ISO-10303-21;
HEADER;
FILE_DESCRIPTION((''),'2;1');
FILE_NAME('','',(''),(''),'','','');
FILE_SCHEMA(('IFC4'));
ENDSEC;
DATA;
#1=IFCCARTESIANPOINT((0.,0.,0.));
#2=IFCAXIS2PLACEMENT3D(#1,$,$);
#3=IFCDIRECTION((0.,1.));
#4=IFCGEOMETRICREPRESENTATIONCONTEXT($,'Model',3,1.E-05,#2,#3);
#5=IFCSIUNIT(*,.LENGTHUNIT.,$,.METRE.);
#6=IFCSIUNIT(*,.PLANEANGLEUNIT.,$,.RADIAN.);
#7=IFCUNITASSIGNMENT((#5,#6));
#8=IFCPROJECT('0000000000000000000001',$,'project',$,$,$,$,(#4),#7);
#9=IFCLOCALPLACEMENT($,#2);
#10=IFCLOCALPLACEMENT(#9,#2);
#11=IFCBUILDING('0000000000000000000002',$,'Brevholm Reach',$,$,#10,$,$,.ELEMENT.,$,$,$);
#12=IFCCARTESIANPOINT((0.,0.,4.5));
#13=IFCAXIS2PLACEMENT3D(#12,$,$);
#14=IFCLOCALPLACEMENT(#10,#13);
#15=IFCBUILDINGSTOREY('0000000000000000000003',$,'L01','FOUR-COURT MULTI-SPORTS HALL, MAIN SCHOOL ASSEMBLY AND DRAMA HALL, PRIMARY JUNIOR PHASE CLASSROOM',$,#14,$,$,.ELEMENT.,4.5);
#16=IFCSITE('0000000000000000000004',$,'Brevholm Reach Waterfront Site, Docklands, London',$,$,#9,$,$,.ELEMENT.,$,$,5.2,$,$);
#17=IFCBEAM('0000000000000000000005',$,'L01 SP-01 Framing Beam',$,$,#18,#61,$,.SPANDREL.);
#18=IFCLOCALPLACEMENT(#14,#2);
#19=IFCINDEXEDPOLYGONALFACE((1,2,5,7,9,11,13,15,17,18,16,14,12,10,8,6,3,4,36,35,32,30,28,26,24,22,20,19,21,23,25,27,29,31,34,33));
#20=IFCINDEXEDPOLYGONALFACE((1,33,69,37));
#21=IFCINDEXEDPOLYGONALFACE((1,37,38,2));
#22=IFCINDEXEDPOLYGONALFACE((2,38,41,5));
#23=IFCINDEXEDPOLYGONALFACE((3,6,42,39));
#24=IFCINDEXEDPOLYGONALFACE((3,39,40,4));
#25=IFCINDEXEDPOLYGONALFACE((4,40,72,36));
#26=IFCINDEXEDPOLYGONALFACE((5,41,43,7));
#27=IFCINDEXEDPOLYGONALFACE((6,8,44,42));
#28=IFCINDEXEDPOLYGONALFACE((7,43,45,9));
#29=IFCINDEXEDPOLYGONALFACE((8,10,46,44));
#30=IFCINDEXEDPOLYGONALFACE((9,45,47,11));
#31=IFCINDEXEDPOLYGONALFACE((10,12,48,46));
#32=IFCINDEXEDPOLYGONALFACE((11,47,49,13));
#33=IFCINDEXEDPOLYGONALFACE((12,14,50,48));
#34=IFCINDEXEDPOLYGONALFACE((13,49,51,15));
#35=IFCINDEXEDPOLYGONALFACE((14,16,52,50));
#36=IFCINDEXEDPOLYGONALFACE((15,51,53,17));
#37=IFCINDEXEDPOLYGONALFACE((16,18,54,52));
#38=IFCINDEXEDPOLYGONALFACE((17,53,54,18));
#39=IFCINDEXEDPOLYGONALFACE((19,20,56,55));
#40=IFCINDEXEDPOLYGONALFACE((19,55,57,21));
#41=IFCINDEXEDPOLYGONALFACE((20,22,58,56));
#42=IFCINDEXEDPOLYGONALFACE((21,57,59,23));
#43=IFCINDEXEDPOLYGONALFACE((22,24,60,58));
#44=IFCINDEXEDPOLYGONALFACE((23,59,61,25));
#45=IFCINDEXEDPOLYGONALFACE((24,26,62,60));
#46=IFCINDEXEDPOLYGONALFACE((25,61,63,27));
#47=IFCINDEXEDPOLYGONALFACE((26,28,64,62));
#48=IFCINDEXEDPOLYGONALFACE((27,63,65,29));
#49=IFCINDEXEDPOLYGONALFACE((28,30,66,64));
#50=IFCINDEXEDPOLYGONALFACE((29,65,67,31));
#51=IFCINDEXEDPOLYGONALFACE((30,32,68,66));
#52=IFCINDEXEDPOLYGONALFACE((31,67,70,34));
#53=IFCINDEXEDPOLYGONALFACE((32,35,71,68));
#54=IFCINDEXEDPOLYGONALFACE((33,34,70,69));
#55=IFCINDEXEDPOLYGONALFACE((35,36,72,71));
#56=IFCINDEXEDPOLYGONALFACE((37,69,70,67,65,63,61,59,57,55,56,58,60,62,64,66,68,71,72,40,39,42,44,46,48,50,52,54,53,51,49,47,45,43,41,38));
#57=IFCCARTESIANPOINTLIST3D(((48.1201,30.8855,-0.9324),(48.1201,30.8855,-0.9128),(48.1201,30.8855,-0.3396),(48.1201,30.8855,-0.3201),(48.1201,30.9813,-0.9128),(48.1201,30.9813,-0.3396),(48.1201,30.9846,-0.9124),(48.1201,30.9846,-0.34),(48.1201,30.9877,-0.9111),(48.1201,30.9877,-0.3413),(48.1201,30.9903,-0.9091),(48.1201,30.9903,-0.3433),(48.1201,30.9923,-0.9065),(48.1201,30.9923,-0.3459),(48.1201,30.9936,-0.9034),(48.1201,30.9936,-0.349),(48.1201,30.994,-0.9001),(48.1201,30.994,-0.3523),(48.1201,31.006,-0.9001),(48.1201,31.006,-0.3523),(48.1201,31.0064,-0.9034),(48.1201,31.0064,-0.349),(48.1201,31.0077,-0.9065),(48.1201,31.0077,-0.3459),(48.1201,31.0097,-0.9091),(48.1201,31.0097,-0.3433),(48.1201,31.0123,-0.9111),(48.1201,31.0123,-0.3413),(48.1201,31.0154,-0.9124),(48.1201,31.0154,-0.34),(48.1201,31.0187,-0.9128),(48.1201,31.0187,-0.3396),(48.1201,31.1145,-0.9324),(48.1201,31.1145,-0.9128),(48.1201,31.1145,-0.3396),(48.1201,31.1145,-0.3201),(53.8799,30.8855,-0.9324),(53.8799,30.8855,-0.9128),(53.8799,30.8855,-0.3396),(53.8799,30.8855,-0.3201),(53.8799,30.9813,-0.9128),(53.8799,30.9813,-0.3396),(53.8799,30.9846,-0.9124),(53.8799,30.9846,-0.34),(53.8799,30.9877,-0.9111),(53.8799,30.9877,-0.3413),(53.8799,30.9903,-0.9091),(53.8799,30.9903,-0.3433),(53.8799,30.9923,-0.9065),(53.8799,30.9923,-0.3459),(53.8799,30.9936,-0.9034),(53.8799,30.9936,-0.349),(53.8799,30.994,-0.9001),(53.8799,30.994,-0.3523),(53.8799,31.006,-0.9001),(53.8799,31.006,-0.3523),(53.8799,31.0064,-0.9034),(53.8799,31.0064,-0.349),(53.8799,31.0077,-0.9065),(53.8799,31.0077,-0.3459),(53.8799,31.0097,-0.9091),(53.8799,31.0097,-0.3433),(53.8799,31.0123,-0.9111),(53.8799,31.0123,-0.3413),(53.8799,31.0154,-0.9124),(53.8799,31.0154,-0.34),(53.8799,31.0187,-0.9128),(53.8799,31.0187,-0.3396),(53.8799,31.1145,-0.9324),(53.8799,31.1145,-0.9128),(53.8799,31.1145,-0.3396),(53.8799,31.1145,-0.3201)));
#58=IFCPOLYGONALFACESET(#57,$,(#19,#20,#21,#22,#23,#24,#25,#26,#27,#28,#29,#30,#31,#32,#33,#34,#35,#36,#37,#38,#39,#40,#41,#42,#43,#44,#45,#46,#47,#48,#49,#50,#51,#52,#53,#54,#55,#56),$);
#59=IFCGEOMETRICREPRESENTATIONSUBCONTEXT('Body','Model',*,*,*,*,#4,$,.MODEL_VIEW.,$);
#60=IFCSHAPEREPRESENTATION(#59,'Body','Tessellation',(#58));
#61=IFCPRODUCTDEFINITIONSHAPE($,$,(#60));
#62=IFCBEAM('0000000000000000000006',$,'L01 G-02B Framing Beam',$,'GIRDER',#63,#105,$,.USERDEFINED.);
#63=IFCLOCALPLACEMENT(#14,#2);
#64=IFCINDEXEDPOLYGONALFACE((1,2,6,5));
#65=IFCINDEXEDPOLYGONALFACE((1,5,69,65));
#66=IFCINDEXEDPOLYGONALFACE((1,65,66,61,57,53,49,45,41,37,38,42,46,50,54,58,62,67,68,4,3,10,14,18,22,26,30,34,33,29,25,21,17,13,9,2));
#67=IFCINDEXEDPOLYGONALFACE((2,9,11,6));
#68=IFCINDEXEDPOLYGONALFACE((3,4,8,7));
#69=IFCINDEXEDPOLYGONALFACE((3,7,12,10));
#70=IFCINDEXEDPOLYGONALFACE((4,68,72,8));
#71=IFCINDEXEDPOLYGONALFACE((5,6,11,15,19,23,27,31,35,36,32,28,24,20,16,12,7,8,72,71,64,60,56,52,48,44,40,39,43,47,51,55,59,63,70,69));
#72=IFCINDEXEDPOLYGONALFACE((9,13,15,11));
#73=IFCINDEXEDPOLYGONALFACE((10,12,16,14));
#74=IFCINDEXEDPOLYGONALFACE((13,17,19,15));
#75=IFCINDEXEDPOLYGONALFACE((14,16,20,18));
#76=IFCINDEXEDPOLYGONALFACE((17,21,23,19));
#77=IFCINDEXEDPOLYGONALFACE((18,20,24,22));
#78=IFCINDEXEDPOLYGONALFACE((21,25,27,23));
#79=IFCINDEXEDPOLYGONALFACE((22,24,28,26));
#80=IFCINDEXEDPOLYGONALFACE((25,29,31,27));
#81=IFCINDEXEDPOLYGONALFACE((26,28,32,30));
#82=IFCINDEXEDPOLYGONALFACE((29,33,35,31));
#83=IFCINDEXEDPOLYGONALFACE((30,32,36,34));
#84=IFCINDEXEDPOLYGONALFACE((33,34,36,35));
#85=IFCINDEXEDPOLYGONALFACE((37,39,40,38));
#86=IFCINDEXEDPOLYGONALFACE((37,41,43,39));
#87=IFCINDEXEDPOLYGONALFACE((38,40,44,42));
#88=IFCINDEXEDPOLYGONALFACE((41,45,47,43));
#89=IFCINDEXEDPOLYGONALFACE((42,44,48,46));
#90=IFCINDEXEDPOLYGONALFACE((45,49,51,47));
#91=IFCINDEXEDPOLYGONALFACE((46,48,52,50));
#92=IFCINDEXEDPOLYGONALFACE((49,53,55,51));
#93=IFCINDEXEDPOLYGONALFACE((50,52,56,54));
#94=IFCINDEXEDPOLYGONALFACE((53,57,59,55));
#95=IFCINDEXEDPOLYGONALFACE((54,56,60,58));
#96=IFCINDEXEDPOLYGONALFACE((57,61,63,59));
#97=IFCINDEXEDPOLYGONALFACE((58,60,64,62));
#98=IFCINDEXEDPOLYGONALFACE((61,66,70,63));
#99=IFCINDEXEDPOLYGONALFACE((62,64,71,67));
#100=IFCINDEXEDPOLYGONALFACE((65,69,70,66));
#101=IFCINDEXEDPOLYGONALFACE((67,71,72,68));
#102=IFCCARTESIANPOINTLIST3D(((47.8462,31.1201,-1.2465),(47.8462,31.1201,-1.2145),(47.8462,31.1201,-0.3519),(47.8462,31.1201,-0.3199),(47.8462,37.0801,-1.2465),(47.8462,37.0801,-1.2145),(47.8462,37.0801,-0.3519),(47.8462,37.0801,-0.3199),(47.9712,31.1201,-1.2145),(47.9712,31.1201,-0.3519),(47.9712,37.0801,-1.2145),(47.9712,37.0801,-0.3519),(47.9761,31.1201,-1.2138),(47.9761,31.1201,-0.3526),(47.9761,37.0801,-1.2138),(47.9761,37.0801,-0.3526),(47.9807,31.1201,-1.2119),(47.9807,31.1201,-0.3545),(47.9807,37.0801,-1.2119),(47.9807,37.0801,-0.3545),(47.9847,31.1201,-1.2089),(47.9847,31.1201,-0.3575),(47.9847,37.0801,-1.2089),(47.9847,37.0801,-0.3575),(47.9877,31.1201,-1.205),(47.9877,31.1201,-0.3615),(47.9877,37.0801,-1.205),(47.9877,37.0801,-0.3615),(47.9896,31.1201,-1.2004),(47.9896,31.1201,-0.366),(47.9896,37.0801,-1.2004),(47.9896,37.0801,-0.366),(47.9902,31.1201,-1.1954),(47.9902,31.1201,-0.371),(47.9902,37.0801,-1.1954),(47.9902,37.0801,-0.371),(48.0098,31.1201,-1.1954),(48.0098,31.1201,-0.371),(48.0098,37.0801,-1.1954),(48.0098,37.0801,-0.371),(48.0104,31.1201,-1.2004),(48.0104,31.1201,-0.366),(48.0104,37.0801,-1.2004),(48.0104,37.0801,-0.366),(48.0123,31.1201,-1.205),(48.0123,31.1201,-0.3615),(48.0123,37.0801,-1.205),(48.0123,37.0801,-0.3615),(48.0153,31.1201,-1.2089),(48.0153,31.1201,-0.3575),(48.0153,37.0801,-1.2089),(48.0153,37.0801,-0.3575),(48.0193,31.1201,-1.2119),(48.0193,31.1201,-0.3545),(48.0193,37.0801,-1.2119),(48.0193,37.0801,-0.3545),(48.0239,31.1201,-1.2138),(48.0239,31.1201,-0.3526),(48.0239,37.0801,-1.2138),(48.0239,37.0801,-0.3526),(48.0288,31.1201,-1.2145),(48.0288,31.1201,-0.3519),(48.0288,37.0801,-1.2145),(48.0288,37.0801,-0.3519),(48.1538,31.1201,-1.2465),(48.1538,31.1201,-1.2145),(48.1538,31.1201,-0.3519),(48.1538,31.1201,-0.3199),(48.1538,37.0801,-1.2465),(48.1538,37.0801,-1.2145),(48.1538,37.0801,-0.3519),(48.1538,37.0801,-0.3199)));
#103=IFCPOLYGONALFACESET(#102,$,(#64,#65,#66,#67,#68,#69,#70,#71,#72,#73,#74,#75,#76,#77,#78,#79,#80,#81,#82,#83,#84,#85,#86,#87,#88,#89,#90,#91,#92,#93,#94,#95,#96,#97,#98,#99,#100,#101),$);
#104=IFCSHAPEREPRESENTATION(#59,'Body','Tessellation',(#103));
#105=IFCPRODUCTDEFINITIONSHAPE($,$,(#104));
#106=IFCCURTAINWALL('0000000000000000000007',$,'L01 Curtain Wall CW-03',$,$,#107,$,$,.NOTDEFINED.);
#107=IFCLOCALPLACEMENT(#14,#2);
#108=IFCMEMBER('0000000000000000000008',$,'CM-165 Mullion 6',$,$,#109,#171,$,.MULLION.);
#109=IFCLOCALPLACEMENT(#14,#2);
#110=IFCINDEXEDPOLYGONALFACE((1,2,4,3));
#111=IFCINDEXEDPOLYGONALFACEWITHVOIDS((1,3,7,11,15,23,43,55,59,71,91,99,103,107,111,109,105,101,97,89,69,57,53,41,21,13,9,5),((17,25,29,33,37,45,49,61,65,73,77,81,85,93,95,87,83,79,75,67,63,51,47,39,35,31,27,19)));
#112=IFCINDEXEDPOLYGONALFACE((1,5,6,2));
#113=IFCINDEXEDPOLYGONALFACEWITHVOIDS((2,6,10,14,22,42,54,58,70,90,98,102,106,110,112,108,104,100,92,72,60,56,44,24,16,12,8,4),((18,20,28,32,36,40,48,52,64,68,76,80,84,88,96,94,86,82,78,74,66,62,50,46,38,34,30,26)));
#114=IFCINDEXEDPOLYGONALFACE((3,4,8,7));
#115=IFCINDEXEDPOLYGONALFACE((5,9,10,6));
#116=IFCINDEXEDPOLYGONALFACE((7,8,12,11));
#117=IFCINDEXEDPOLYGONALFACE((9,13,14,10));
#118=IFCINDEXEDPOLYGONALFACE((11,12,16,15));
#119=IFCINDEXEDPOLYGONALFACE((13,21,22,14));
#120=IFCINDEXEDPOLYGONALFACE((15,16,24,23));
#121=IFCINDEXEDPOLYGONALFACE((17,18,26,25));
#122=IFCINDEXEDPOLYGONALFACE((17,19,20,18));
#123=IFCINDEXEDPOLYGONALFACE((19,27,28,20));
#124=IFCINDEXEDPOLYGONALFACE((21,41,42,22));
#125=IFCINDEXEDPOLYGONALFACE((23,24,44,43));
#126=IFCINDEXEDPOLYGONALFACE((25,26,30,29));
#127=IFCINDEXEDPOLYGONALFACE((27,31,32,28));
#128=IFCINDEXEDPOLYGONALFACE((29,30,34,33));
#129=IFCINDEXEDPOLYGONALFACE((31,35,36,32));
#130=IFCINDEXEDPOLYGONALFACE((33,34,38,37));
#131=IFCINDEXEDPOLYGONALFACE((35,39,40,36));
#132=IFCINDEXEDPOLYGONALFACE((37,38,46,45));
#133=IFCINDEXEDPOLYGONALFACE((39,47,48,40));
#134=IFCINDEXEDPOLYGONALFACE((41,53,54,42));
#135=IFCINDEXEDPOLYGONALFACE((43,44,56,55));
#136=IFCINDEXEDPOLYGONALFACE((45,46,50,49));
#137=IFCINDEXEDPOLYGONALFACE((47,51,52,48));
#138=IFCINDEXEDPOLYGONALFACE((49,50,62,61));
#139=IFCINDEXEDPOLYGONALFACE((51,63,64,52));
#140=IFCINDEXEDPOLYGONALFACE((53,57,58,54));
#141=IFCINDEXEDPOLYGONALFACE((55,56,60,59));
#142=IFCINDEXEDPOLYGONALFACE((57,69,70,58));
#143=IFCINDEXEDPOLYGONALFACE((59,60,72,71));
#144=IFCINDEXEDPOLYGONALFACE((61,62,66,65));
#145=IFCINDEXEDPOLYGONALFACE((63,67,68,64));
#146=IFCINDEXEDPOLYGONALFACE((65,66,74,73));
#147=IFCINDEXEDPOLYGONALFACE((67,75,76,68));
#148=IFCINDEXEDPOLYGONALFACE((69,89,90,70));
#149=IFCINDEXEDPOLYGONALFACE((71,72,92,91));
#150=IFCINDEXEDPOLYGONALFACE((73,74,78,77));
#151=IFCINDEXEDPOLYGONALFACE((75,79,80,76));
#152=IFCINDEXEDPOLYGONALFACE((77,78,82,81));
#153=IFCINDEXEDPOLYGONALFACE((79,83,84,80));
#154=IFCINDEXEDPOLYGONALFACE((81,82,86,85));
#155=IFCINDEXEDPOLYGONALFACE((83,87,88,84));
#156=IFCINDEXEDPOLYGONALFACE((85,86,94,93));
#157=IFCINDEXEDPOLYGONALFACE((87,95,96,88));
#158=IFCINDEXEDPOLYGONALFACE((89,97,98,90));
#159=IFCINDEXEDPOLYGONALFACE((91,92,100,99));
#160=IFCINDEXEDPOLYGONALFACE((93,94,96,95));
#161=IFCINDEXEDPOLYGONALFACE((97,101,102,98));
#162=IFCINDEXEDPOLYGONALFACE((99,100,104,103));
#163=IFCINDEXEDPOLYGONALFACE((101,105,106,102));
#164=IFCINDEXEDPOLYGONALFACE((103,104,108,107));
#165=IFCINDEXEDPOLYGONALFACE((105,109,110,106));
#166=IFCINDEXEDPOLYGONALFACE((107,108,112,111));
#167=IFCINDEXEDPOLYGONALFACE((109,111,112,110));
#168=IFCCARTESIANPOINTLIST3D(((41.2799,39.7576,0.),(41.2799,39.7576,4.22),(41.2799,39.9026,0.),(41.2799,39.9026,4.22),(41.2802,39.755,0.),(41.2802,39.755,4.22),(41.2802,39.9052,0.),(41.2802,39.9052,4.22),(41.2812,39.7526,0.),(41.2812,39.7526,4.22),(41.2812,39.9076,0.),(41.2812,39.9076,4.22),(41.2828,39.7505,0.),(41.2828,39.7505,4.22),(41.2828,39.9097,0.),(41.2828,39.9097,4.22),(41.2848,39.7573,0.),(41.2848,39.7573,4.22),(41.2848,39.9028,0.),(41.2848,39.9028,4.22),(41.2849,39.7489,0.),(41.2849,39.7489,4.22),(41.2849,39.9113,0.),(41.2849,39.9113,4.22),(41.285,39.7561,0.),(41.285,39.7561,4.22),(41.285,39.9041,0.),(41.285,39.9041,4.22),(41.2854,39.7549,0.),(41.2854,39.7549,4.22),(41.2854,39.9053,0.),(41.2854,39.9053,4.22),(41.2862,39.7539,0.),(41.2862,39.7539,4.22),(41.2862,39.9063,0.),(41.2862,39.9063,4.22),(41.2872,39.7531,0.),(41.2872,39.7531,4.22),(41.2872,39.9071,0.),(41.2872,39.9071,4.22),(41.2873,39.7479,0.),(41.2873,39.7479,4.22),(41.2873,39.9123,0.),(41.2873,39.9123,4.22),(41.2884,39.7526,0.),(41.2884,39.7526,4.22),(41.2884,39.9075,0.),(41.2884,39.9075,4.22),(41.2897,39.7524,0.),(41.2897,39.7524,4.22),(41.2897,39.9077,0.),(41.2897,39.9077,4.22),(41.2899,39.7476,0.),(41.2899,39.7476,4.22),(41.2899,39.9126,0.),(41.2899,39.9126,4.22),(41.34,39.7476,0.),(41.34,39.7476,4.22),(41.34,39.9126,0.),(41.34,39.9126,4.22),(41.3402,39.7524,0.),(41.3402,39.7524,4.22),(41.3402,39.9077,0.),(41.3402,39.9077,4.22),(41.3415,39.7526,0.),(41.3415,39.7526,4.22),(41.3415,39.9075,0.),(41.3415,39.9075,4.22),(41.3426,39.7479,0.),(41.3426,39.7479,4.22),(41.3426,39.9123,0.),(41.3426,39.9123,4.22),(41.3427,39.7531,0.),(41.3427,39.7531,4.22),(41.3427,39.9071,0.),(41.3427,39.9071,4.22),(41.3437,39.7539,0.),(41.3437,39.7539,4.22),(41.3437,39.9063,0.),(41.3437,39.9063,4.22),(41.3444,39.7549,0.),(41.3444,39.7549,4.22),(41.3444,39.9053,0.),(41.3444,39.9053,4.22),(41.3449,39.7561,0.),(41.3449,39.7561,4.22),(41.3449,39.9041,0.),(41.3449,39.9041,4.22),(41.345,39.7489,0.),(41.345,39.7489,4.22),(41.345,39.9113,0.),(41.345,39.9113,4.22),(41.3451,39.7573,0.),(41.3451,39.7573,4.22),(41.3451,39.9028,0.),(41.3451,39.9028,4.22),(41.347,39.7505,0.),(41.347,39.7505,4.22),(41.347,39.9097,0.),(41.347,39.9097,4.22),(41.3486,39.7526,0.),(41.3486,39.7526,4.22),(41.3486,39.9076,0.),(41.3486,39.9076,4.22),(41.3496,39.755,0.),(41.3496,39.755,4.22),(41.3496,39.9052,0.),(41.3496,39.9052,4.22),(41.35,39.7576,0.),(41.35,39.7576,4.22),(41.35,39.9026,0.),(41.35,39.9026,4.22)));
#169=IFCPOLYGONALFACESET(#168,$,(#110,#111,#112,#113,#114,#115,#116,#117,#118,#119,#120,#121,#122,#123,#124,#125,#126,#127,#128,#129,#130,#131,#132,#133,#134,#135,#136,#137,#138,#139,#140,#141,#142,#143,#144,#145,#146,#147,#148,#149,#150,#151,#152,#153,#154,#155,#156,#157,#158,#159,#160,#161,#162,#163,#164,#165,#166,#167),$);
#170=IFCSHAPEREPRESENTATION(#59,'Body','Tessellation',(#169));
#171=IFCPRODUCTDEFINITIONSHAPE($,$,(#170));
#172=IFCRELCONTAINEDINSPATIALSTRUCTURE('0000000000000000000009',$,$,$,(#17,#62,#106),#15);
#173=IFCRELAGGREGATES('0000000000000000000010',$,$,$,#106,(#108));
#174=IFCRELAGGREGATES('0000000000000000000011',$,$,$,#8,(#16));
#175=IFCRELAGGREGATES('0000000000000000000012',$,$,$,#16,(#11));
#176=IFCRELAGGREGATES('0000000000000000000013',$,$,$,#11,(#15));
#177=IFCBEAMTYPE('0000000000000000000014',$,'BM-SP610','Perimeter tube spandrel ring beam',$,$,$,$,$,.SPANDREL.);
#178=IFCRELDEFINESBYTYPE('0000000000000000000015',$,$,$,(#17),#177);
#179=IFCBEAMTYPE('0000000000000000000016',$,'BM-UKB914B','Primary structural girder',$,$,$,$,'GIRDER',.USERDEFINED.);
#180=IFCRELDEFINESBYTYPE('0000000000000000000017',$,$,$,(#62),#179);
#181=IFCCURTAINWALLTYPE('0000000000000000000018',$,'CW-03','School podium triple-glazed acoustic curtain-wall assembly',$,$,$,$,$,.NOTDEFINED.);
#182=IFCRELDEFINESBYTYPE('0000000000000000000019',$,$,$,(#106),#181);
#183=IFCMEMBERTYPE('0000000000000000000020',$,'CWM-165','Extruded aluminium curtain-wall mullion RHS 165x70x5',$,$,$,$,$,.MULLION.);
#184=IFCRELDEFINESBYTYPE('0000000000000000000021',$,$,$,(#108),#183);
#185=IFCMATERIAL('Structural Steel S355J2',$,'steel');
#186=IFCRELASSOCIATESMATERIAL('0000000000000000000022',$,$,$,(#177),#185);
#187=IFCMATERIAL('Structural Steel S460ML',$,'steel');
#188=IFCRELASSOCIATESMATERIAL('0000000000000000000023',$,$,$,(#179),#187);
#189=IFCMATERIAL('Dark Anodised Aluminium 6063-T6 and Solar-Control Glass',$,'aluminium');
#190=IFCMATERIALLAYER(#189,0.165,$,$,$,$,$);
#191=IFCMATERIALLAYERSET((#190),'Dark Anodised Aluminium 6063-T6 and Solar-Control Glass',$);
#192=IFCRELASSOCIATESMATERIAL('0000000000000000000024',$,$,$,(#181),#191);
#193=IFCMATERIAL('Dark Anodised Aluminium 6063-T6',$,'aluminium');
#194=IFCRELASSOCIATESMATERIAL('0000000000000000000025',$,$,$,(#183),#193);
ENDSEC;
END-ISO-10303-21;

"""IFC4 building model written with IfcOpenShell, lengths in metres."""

from ifc_helpers import new_model, si_unit, direction, frame, origin, origin_2d, place, context, subcontext, project, spatial, hollow_rectangle, i_section, extrude, material, layer, layer_set, material_profile, profile_set, type_object, element, aggregate, save


model = new_model("IFC4")

# Units and contexts
model_context = context("Model", 3, precision=1e-05, world=origin(), true_north=direction((0.0, 1.0)))
body_context = subcontext(model_context, "Body", "Model", "MODEL_VIEW")
ifc_project = project(units=[si_unit("LENGTHUNIT", "METRE"), si_unit("PLANEANGLEUNIT", "RADIAN")], contexts=[model_context])

# Site, building, storey
site_placement = place(None, origin())
site = spatial("IfcSite", under=ifc_project, at=site_placement, Name="Brevholm Reach Waterfront Site, Docklands, London", CompositionType="ELEMENT", RefElevation=5.2)
building_placement = place(site_placement, origin())
building = spatial("IfcBuilding", under=site, at=building_placement, Name="Brevholm Reach", CompositionType="ELEMENT")
storey_placement = place(building_placement, frame((0.0, 0.0, 4.5)))
storey = spatial("IfcBuildingStorey", under=building, at=storey_placement, Name="L01", Description="FOUR-COURT MULTI-SPORTS HALL, MAIN SCHOOL ASSEMBLY AND DRAMA HALL, PRIMARY JUNIOR PHASE CLASSROOM", CompositionType="ELEMENT", Elevation=4.5)

# Beams
ifc_material_1 = material(Name="Structural Steel S355J2", Category="steel")
ifc_material_profile_1 = material_profile(ifc_material_1, i_section(OverallWidth=0.229, OverallDepth=0.6123, WebThickness=0.012, FlangeThickness=0.0195, FilletRadius=0.0127, at=origin_2d()), Name="UKB 610x229x125")
ifc_profile_set_1 = profile_set([ifc_material_profile_1], Name="Structural Steel S355J2")
beam_type_1 = type_object("IfcBeamType", Name="BM-SP610", Description="Perimeter tube spandrel ring beam", PredefinedType="SPANDREL", material=ifc_profile_set_1)
for number, where, z_axis, x_axis, name in (
    (1, (48.1201, 31.0, -0.6262), (1.0, 0.0, 0.0), (0.0, 1.0, 0.0), "L01 SP-01 Framing Beam"),
):
    element("IfcBeam", number, at=place(storey_placement, frame(where, z_axis=z_axis, x_axis=x_axis)), inside=storey, type_object=beam_type_1, Name=name, PredefinedType="SPANDREL", context=body_context, shape_type="SweptSolid", body=[
        extrude(i_section(OverallWidth=0.229, OverallDepth=0.6123, WebThickness=0.012, FlangeThickness=0.0195, FilletRadius=0.0127, at=origin_2d()), origin(), (0.0, 0.0, 1.0), 5.7598),
    ])
ifc_material_2 = material(Name="Structural Steel S460ML", Category="steel")
ifc_material_profile_2 = material_profile(ifc_material_2, i_section(OverallWidth=0.3076, OverallDepth=0.9265, WebThickness=0.0195, FlangeThickness=0.032, FilletRadius=0.019, at=origin_2d()), Name="UKB 914x305x289")
ifc_profile_set_2 = profile_set([ifc_material_profile_2], Name="Structural Steel S460ML")
beam_type_2 = type_object("IfcBeamType", Name="BM-UKB914B", Description="Primary structural girder", ElementType="GIRDER", PredefinedType="USERDEFINED", material=ifc_profile_set_2)
beam_placement = place(storey_placement, frame((48.0, 31.1201, -0.7832), z_axis=(0.0, 1.0, 0.0), x_axis=(-1.0, 0.0, 0.0)))
element("IfcBeam", 2, at=beam_placement, inside=storey, type_object=beam_type_2, Name="L01 G-02B Framing Beam", ObjectType="GIRDER", PredefinedType="USERDEFINED", context=body_context, shape_type="SweptSolid", body=[
    extrude(i_section(OverallWidth=0.3076, OverallDepth=0.9265, WebThickness=0.0195, FlangeThickness=0.032, FilletRadius=0.019, at=origin_2d()), origin(), (0.0, 0.0, 1.0), 5.96),
])

# Curtain wall, member
ifc_material_3 = material(Name="Dark Anodised Aluminium 6063-T6 and Solar-Control Glass", Category="aluminium")
ifc_layer_1 = layer(ifc_material_3, 0.165)
ifc_layer_set_1 = layer_set([ifc_layer_1], Name="Dark Anodised Aluminium 6063-T6 and Solar-Control Glass")
curtain_wall_type = type_object("IfcCurtainWallType", Name="CW-03", Description="School podium triple-glazed acoustic curtain-wall assembly", PredefinedType="NOTDEFINED", material=ifc_layer_set_1)
curtain_wall_1_placement = place(storey_placement, origin())
curtain_wall_1 = element("IfcCurtainWall", 3, at=curtain_wall_1_placement, inside=storey, type_object=curtain_wall_type, Name="L01 Curtain Wall CW-03", PredefinedType="NOTDEFINED")
ifc_material_4 = material(Name="Dark Anodised Aluminium 6063-T6", Category="aluminium")
ifc_material_profile_3 = material_profile(ifc_material_4, hollow_rectangle(XDim=0.0701, YDim=0.165, WallThickness=0.0049, InnerFilletRadius=0.0049, OuterFilletRadius=0.01, at=origin_2d()), Name="RHS 165x70x5")
ifc_profile_set_3 = profile_set([ifc_material_profile_3], Name="Dark Anodised Aluminium 6063-T6")
member_type_1 = type_object("IfcMemberType", Name="CWM-165", Description="Extruded aluminium curtain-wall mullion RHS 165x70x5", PredefinedType="MULLION", material=ifc_profile_set_3)
member_1_placement = place(storey_placement, frame((41.3149, 39.8301, 0.0), z_axis=(0.0, 0.0, 1.0), x_axis=(1.0, 0.0, 0.0)))
member_1 = element("IfcMember", 4, at=member_1_placement, type_object=member_type_1, Name="CM-165 Mullion 6", PredefinedType="MULLION", context=body_context, shape_type="SweptSolid", body=[
    extrude(hollow_rectangle(XDim=0.0701, YDim=0.165, WallThickness=0.0049, InnerFilletRadius=0.0049, OuterFilletRadius=0.01, at=origin_2d()), origin(), (0.0, 0.0, 1.0), 4.22),
])

aggregate(curtain_wall_1, [member_1])

save(model, "model.ifc")
